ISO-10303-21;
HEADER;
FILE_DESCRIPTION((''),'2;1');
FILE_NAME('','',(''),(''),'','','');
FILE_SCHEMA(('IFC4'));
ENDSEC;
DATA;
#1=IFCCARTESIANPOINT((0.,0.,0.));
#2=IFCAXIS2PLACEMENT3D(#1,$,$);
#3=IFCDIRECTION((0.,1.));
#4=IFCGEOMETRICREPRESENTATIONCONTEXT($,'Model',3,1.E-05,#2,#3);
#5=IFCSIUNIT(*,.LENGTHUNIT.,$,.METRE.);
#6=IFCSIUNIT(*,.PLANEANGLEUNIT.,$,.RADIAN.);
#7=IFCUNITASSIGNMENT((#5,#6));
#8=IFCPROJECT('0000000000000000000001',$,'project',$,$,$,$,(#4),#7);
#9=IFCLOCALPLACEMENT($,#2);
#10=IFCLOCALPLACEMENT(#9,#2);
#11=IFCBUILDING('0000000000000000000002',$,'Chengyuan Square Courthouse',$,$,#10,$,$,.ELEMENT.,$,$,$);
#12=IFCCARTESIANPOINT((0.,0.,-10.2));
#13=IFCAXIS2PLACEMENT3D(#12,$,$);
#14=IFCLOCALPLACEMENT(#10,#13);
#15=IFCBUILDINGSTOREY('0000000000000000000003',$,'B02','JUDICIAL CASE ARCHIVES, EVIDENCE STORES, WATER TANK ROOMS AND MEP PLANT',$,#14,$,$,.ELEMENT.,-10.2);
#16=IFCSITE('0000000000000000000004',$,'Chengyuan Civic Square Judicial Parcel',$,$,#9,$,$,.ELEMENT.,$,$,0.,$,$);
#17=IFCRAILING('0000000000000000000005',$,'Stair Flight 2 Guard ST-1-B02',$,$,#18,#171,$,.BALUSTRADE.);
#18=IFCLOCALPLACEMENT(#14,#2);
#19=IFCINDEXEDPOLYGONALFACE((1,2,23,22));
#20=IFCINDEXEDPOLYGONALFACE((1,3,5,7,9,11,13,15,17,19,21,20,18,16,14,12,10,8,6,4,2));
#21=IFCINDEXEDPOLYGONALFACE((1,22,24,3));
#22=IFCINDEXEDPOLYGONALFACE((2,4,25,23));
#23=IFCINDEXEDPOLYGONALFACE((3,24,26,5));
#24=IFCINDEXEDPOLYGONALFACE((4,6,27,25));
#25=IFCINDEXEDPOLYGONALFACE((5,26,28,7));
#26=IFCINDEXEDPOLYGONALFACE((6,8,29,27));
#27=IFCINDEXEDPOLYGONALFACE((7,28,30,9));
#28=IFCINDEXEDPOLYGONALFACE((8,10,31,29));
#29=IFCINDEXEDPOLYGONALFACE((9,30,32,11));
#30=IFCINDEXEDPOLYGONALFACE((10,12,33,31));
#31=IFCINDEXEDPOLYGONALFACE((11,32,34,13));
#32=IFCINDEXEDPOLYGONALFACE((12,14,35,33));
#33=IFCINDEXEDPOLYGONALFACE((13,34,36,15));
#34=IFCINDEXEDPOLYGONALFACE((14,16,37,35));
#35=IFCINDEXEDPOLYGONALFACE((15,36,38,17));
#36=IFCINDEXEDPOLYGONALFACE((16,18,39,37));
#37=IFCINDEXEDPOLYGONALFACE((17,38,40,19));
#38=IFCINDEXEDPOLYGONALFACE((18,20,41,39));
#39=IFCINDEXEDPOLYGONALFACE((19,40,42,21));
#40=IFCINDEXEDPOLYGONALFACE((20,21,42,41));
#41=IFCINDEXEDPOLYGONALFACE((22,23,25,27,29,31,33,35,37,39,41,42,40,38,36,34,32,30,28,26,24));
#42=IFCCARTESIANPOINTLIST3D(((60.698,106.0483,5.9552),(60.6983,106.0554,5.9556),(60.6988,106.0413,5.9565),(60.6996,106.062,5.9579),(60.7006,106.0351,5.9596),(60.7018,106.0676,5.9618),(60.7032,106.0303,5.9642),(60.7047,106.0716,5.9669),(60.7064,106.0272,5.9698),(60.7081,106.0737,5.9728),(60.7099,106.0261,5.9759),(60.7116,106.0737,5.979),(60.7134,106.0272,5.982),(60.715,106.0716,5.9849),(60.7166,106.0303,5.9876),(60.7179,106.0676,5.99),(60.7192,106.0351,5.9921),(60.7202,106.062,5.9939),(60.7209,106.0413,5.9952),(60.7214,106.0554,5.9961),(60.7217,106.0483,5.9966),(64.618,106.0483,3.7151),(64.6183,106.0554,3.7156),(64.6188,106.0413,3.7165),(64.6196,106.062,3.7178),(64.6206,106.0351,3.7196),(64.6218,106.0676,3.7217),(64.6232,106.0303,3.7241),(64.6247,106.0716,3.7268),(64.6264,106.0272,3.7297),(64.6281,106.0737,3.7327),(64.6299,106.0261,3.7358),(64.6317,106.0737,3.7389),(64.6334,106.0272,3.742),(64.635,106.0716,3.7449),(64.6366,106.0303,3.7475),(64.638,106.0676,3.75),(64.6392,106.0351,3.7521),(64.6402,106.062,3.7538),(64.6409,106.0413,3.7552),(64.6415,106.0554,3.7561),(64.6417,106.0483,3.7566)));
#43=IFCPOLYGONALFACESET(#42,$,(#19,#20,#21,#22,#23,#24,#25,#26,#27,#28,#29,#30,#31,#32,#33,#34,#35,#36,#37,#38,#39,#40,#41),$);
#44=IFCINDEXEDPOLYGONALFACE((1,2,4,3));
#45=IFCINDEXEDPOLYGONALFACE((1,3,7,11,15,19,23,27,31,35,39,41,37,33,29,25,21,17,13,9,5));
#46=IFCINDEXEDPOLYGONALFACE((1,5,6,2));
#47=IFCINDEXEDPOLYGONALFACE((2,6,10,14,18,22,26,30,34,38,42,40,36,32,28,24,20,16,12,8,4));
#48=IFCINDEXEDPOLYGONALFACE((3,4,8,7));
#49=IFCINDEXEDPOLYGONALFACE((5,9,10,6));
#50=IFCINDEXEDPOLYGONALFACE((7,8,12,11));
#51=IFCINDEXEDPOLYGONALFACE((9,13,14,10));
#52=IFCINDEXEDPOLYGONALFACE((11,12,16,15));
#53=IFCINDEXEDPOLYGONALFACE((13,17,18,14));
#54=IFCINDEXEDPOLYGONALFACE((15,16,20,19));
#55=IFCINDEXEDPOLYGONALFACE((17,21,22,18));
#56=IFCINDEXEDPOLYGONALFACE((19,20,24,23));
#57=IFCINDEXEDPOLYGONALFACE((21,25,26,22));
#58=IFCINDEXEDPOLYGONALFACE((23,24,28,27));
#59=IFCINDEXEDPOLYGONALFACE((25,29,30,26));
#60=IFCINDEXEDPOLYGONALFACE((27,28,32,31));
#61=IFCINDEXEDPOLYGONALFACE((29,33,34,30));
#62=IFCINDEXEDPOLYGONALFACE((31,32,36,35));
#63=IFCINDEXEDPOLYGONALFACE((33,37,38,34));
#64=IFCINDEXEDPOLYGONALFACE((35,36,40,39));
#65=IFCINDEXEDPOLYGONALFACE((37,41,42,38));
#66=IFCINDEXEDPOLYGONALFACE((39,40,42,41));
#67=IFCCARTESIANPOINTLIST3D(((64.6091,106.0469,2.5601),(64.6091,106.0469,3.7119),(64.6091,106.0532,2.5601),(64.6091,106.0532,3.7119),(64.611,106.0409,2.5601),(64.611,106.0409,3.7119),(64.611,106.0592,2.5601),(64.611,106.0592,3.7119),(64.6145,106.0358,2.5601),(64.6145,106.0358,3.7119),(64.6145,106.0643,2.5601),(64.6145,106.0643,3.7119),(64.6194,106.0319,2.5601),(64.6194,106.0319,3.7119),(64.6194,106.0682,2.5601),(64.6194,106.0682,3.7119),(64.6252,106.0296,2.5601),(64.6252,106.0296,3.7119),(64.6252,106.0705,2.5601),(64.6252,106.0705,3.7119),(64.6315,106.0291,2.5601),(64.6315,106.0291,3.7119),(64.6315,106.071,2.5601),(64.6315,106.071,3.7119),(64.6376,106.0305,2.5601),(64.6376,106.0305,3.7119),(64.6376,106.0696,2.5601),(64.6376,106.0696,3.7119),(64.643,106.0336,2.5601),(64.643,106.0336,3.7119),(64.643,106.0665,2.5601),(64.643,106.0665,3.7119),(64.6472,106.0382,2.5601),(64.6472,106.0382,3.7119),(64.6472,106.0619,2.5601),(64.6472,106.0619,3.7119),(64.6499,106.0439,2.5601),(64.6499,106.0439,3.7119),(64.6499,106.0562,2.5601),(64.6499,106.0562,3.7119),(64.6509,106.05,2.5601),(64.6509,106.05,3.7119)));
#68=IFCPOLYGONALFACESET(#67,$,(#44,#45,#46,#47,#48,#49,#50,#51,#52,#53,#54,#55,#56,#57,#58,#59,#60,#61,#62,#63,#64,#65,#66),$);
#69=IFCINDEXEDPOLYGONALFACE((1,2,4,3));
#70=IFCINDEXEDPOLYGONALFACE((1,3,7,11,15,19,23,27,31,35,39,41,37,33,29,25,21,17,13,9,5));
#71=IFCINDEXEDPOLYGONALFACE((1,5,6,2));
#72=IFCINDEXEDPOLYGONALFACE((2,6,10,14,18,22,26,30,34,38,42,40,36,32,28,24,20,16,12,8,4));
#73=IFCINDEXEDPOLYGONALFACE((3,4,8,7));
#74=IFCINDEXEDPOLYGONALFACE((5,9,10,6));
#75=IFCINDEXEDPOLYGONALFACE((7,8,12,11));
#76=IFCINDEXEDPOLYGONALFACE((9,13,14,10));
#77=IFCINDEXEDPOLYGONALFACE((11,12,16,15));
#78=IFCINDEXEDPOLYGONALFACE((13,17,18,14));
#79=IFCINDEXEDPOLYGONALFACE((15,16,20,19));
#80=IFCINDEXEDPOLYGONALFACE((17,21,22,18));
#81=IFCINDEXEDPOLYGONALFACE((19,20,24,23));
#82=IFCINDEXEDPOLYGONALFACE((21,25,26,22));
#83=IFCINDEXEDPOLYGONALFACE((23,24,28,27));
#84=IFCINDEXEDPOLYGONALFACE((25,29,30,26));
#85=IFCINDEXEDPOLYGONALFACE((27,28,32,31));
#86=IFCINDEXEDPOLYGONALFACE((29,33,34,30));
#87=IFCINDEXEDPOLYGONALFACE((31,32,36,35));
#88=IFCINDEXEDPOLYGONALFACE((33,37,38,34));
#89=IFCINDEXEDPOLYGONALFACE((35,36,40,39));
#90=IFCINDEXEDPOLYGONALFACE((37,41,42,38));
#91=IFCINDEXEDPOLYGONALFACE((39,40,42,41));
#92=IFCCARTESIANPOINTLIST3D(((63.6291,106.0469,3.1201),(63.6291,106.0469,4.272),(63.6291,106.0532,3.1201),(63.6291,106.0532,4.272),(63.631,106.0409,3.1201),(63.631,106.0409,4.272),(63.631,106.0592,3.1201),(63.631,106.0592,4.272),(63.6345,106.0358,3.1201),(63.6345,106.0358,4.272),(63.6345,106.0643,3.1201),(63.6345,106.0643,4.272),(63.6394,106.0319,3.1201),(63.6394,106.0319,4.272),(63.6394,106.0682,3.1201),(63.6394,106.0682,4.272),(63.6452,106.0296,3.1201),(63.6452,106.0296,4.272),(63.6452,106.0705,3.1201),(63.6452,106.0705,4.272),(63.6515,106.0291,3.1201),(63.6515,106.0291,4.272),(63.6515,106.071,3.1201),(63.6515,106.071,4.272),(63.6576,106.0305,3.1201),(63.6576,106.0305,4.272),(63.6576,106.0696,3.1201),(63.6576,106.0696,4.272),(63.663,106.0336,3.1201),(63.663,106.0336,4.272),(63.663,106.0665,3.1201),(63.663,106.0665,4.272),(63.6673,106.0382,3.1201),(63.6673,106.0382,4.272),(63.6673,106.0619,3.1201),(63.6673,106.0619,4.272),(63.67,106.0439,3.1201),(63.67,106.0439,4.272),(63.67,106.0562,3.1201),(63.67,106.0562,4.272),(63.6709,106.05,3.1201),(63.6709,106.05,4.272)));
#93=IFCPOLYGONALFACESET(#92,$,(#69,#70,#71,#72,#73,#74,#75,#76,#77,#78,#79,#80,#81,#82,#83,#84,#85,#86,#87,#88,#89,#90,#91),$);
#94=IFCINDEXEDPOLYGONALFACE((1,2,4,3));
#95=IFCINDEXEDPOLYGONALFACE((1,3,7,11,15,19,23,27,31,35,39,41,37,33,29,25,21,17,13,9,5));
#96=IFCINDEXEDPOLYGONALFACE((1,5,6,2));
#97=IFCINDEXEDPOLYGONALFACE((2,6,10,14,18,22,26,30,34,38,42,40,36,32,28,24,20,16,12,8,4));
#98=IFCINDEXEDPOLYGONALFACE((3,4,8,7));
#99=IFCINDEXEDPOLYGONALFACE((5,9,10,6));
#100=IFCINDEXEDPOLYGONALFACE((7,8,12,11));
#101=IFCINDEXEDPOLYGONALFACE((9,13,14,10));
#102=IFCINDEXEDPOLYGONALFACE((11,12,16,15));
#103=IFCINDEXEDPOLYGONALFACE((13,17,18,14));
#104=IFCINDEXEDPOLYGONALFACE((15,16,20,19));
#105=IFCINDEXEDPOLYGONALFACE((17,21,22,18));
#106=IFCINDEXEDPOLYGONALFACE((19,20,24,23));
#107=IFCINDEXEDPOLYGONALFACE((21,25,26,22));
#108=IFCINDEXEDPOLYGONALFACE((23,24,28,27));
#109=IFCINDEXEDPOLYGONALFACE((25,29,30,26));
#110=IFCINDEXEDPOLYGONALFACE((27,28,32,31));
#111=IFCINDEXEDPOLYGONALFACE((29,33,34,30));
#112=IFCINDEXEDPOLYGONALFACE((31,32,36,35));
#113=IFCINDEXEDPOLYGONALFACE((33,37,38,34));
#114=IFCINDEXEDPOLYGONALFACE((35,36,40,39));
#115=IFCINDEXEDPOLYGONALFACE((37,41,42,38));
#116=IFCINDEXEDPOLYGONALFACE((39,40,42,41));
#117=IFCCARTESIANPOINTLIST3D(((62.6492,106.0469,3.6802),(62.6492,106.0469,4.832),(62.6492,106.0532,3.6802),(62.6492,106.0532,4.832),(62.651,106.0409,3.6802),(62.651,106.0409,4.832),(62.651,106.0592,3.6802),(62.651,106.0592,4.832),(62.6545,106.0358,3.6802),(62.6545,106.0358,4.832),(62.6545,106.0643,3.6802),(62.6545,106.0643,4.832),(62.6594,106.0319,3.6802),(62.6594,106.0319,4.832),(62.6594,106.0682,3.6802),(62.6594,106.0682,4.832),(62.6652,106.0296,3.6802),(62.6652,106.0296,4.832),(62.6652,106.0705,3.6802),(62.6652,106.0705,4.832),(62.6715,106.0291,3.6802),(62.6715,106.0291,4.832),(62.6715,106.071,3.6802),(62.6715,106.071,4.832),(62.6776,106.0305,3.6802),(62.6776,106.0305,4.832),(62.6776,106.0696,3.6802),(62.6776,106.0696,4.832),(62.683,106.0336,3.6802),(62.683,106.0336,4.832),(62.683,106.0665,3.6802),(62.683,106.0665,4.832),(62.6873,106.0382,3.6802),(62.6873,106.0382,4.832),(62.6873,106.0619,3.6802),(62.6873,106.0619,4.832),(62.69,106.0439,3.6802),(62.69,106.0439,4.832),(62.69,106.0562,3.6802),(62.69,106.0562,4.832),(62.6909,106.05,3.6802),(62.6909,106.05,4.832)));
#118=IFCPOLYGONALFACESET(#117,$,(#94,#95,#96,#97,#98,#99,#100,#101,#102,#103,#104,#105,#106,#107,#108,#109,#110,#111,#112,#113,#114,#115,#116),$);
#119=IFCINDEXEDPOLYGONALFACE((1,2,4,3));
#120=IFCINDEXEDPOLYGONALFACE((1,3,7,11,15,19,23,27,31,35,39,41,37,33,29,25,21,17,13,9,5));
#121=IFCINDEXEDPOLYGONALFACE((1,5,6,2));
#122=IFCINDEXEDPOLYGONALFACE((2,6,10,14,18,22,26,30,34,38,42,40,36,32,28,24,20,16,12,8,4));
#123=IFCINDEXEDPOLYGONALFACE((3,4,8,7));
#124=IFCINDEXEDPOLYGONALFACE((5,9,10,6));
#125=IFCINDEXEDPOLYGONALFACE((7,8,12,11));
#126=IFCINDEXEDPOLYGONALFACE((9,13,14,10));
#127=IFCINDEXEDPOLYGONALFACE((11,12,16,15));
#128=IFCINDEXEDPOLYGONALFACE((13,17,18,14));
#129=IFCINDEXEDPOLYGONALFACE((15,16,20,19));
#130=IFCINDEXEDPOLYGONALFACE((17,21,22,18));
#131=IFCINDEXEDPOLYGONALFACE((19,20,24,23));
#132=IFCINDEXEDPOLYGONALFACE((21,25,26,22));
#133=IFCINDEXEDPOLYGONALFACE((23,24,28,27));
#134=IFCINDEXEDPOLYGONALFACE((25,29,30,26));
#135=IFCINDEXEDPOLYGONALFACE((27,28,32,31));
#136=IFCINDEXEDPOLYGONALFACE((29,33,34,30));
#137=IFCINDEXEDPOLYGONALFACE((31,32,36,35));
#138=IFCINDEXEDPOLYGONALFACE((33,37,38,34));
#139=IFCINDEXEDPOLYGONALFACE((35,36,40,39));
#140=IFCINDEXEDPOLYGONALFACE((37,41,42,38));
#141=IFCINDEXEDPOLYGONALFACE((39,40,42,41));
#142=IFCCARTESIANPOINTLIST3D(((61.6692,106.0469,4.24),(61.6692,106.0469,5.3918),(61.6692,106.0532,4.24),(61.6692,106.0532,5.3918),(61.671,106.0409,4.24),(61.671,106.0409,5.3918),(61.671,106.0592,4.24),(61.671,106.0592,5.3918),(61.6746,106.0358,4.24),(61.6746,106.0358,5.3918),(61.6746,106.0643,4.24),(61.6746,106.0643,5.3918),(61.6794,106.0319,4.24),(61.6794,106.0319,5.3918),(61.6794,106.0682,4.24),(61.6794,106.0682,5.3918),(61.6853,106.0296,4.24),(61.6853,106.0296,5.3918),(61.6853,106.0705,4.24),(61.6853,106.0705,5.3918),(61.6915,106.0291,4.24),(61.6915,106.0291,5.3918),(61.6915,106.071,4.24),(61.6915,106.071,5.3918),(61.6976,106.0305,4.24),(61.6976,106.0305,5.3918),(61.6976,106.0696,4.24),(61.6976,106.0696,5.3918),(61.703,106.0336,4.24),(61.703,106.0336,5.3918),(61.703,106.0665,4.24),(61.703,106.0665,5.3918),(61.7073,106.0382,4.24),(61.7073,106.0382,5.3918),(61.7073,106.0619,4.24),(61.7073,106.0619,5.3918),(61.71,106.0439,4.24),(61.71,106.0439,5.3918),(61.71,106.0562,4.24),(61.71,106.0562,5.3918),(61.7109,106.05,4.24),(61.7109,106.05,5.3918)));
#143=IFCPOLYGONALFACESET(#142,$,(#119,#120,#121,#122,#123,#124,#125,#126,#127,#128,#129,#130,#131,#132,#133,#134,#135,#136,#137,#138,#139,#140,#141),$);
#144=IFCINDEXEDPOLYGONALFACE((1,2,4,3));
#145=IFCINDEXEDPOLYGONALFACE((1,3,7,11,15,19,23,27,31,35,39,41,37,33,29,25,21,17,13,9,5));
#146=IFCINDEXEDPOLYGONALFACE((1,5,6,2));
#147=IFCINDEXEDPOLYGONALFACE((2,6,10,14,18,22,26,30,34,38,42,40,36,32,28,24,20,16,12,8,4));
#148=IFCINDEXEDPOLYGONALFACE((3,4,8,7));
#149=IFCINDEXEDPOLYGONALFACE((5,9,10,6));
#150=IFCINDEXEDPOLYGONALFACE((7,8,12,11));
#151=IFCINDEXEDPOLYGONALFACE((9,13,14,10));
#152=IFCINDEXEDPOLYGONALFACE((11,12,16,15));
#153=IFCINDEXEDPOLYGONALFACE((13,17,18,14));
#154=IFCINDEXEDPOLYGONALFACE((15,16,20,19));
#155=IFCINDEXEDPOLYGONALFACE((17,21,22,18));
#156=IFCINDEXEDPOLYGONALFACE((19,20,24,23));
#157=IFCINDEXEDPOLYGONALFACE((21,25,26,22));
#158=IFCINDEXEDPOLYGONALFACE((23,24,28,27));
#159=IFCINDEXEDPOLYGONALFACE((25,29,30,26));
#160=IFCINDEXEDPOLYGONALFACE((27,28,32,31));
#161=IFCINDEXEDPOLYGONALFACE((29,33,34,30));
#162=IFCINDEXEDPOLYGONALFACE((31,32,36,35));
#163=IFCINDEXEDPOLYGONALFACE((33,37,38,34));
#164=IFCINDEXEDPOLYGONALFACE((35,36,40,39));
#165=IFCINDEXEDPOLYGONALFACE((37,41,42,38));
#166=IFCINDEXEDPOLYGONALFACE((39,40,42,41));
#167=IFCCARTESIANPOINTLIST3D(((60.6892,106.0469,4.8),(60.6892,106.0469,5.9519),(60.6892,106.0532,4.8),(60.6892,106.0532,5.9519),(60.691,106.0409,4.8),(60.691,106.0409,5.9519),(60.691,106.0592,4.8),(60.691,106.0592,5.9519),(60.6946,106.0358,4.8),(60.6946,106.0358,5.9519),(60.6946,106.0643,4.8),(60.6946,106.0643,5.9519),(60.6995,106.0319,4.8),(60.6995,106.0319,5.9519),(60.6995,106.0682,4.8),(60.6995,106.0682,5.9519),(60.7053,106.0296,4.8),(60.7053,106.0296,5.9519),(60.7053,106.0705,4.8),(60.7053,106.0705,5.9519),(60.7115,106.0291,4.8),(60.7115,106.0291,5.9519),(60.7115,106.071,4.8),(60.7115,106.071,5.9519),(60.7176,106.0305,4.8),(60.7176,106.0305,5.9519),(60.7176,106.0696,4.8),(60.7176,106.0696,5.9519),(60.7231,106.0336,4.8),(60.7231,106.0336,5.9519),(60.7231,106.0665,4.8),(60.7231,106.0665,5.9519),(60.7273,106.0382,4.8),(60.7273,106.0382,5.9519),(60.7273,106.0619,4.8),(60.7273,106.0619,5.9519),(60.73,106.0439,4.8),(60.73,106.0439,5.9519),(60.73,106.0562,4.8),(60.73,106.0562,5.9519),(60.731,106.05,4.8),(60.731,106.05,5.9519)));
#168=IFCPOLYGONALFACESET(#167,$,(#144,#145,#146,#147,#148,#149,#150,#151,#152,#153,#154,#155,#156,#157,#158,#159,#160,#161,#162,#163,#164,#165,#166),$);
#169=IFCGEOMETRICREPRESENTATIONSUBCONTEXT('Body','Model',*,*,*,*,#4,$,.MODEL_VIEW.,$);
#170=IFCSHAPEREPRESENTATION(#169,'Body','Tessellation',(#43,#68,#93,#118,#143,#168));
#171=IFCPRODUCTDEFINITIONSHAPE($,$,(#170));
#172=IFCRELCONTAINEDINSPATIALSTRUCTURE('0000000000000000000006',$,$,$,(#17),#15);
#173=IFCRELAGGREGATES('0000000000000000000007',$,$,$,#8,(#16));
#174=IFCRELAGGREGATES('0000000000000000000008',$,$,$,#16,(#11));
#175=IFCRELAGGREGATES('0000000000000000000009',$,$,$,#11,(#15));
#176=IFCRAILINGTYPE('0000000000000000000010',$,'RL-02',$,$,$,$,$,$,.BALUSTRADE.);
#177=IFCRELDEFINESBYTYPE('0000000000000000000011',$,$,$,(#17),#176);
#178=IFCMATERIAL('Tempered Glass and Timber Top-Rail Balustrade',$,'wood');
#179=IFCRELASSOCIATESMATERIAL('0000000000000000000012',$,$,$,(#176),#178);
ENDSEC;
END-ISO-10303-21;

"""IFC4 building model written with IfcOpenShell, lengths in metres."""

from ifc_helpers import new_model, si_unit, direction, frame, origin, origin_2d, place, context, subcontext, project, spatial, circle, extrude, material, type_object, element, save


model = new_model("IFC4")

# Units and contexts
model_context = context("Model", 3, precision=1e-05, world=origin(), true_north=direction((0.0, 1.0)))
body_context = subcontext(model_context, "Body", "Model", "MODEL_VIEW")
ifc_project = project(units=[si_unit("LENGTHUNIT", "METRE"), si_unit("PLANEANGLEUNIT", "RADIAN")], contexts=[model_context])

# Site, building, storey
site_placement = place(None, origin())
site = spatial("IfcSite", under=ifc_project, at=site_placement, Name="Chengyuan Civic Square Judicial Parcel", CompositionType="ELEMENT", RefElevation=0.0)
building_placement = place(site_placement, origin())
building = spatial("IfcBuilding", under=site, at=building_placement, Name="Chengyuan Square Courthouse", CompositionType="ELEMENT")
storey_placement = place(building_placement, frame((0.0, 0.0, -10.2)))
storey = spatial("IfcBuildingStorey", under=building, at=storey_placement, Name="B02", Description="JUDICIAL CASE ARCHIVES, EVIDENCE STORES, WATER TANK ROOMS AND MEP PLANT", CompositionType="ELEMENT", Elevation=-10.2)

# Railing
ifc_material_1 = material(Name="Tempered Glass and Timber Top-Rail Balustrade", Category="wood")
railing_type_1 = type_object("IfcRailingType", Name="RL-02", PredefinedType="BALUSTRADE", material=ifc_material_1)
railing_1_placement = place(storey_placement, frame((64.6299, 106.05, 2.5601)))
element("IfcRailing", 1, at=railing_1_placement, inside=storey, type_object=railing_type_1, Name="Stair Flight 2 Guard ST-1-B02", PredefinedType="BALUSTRADE", context=body_context, shape_type="SweptSolid", body=[
    extrude(circle(Radius=0.0239, at=origin_2d()), frame((0.0, 0.0, 1.1758), z_axis=(-0.86824, 0.0, 0.496145), x_axis=(0.0, -1.0, 0.0)), (0.0, 0.0, 1.0), 4.5149),
    extrude(circle(Radius=0.021, at=origin_2d()), origin(), (0.0, 0.0, 1.0), 1.1519),
    extrude(circle(Radius=0.021, at=origin_2d()), frame((-0.98, 0.0, 0.5601)), (0.0, 0.0, 1.0), 1.1519),
    extrude(circle(Radius=0.021, at=origin_2d()), frame((-1.96, 0.0, 1.1201)), (0.0, 0.0, 1.0), 1.1519),
    extrude(circle(Radius=0.021, at=origin_2d()), frame((-2.9399, 0.0, 1.6799)), (0.0, 0.0, 1.0), 1.1519),
    extrude(circle(Radius=0.021, at=origin_2d()), frame((-3.9199, 0.0, 2.24)), (0.0, 0.0, 1.0), 1.1519),
])

save(model, "model.ifc")
